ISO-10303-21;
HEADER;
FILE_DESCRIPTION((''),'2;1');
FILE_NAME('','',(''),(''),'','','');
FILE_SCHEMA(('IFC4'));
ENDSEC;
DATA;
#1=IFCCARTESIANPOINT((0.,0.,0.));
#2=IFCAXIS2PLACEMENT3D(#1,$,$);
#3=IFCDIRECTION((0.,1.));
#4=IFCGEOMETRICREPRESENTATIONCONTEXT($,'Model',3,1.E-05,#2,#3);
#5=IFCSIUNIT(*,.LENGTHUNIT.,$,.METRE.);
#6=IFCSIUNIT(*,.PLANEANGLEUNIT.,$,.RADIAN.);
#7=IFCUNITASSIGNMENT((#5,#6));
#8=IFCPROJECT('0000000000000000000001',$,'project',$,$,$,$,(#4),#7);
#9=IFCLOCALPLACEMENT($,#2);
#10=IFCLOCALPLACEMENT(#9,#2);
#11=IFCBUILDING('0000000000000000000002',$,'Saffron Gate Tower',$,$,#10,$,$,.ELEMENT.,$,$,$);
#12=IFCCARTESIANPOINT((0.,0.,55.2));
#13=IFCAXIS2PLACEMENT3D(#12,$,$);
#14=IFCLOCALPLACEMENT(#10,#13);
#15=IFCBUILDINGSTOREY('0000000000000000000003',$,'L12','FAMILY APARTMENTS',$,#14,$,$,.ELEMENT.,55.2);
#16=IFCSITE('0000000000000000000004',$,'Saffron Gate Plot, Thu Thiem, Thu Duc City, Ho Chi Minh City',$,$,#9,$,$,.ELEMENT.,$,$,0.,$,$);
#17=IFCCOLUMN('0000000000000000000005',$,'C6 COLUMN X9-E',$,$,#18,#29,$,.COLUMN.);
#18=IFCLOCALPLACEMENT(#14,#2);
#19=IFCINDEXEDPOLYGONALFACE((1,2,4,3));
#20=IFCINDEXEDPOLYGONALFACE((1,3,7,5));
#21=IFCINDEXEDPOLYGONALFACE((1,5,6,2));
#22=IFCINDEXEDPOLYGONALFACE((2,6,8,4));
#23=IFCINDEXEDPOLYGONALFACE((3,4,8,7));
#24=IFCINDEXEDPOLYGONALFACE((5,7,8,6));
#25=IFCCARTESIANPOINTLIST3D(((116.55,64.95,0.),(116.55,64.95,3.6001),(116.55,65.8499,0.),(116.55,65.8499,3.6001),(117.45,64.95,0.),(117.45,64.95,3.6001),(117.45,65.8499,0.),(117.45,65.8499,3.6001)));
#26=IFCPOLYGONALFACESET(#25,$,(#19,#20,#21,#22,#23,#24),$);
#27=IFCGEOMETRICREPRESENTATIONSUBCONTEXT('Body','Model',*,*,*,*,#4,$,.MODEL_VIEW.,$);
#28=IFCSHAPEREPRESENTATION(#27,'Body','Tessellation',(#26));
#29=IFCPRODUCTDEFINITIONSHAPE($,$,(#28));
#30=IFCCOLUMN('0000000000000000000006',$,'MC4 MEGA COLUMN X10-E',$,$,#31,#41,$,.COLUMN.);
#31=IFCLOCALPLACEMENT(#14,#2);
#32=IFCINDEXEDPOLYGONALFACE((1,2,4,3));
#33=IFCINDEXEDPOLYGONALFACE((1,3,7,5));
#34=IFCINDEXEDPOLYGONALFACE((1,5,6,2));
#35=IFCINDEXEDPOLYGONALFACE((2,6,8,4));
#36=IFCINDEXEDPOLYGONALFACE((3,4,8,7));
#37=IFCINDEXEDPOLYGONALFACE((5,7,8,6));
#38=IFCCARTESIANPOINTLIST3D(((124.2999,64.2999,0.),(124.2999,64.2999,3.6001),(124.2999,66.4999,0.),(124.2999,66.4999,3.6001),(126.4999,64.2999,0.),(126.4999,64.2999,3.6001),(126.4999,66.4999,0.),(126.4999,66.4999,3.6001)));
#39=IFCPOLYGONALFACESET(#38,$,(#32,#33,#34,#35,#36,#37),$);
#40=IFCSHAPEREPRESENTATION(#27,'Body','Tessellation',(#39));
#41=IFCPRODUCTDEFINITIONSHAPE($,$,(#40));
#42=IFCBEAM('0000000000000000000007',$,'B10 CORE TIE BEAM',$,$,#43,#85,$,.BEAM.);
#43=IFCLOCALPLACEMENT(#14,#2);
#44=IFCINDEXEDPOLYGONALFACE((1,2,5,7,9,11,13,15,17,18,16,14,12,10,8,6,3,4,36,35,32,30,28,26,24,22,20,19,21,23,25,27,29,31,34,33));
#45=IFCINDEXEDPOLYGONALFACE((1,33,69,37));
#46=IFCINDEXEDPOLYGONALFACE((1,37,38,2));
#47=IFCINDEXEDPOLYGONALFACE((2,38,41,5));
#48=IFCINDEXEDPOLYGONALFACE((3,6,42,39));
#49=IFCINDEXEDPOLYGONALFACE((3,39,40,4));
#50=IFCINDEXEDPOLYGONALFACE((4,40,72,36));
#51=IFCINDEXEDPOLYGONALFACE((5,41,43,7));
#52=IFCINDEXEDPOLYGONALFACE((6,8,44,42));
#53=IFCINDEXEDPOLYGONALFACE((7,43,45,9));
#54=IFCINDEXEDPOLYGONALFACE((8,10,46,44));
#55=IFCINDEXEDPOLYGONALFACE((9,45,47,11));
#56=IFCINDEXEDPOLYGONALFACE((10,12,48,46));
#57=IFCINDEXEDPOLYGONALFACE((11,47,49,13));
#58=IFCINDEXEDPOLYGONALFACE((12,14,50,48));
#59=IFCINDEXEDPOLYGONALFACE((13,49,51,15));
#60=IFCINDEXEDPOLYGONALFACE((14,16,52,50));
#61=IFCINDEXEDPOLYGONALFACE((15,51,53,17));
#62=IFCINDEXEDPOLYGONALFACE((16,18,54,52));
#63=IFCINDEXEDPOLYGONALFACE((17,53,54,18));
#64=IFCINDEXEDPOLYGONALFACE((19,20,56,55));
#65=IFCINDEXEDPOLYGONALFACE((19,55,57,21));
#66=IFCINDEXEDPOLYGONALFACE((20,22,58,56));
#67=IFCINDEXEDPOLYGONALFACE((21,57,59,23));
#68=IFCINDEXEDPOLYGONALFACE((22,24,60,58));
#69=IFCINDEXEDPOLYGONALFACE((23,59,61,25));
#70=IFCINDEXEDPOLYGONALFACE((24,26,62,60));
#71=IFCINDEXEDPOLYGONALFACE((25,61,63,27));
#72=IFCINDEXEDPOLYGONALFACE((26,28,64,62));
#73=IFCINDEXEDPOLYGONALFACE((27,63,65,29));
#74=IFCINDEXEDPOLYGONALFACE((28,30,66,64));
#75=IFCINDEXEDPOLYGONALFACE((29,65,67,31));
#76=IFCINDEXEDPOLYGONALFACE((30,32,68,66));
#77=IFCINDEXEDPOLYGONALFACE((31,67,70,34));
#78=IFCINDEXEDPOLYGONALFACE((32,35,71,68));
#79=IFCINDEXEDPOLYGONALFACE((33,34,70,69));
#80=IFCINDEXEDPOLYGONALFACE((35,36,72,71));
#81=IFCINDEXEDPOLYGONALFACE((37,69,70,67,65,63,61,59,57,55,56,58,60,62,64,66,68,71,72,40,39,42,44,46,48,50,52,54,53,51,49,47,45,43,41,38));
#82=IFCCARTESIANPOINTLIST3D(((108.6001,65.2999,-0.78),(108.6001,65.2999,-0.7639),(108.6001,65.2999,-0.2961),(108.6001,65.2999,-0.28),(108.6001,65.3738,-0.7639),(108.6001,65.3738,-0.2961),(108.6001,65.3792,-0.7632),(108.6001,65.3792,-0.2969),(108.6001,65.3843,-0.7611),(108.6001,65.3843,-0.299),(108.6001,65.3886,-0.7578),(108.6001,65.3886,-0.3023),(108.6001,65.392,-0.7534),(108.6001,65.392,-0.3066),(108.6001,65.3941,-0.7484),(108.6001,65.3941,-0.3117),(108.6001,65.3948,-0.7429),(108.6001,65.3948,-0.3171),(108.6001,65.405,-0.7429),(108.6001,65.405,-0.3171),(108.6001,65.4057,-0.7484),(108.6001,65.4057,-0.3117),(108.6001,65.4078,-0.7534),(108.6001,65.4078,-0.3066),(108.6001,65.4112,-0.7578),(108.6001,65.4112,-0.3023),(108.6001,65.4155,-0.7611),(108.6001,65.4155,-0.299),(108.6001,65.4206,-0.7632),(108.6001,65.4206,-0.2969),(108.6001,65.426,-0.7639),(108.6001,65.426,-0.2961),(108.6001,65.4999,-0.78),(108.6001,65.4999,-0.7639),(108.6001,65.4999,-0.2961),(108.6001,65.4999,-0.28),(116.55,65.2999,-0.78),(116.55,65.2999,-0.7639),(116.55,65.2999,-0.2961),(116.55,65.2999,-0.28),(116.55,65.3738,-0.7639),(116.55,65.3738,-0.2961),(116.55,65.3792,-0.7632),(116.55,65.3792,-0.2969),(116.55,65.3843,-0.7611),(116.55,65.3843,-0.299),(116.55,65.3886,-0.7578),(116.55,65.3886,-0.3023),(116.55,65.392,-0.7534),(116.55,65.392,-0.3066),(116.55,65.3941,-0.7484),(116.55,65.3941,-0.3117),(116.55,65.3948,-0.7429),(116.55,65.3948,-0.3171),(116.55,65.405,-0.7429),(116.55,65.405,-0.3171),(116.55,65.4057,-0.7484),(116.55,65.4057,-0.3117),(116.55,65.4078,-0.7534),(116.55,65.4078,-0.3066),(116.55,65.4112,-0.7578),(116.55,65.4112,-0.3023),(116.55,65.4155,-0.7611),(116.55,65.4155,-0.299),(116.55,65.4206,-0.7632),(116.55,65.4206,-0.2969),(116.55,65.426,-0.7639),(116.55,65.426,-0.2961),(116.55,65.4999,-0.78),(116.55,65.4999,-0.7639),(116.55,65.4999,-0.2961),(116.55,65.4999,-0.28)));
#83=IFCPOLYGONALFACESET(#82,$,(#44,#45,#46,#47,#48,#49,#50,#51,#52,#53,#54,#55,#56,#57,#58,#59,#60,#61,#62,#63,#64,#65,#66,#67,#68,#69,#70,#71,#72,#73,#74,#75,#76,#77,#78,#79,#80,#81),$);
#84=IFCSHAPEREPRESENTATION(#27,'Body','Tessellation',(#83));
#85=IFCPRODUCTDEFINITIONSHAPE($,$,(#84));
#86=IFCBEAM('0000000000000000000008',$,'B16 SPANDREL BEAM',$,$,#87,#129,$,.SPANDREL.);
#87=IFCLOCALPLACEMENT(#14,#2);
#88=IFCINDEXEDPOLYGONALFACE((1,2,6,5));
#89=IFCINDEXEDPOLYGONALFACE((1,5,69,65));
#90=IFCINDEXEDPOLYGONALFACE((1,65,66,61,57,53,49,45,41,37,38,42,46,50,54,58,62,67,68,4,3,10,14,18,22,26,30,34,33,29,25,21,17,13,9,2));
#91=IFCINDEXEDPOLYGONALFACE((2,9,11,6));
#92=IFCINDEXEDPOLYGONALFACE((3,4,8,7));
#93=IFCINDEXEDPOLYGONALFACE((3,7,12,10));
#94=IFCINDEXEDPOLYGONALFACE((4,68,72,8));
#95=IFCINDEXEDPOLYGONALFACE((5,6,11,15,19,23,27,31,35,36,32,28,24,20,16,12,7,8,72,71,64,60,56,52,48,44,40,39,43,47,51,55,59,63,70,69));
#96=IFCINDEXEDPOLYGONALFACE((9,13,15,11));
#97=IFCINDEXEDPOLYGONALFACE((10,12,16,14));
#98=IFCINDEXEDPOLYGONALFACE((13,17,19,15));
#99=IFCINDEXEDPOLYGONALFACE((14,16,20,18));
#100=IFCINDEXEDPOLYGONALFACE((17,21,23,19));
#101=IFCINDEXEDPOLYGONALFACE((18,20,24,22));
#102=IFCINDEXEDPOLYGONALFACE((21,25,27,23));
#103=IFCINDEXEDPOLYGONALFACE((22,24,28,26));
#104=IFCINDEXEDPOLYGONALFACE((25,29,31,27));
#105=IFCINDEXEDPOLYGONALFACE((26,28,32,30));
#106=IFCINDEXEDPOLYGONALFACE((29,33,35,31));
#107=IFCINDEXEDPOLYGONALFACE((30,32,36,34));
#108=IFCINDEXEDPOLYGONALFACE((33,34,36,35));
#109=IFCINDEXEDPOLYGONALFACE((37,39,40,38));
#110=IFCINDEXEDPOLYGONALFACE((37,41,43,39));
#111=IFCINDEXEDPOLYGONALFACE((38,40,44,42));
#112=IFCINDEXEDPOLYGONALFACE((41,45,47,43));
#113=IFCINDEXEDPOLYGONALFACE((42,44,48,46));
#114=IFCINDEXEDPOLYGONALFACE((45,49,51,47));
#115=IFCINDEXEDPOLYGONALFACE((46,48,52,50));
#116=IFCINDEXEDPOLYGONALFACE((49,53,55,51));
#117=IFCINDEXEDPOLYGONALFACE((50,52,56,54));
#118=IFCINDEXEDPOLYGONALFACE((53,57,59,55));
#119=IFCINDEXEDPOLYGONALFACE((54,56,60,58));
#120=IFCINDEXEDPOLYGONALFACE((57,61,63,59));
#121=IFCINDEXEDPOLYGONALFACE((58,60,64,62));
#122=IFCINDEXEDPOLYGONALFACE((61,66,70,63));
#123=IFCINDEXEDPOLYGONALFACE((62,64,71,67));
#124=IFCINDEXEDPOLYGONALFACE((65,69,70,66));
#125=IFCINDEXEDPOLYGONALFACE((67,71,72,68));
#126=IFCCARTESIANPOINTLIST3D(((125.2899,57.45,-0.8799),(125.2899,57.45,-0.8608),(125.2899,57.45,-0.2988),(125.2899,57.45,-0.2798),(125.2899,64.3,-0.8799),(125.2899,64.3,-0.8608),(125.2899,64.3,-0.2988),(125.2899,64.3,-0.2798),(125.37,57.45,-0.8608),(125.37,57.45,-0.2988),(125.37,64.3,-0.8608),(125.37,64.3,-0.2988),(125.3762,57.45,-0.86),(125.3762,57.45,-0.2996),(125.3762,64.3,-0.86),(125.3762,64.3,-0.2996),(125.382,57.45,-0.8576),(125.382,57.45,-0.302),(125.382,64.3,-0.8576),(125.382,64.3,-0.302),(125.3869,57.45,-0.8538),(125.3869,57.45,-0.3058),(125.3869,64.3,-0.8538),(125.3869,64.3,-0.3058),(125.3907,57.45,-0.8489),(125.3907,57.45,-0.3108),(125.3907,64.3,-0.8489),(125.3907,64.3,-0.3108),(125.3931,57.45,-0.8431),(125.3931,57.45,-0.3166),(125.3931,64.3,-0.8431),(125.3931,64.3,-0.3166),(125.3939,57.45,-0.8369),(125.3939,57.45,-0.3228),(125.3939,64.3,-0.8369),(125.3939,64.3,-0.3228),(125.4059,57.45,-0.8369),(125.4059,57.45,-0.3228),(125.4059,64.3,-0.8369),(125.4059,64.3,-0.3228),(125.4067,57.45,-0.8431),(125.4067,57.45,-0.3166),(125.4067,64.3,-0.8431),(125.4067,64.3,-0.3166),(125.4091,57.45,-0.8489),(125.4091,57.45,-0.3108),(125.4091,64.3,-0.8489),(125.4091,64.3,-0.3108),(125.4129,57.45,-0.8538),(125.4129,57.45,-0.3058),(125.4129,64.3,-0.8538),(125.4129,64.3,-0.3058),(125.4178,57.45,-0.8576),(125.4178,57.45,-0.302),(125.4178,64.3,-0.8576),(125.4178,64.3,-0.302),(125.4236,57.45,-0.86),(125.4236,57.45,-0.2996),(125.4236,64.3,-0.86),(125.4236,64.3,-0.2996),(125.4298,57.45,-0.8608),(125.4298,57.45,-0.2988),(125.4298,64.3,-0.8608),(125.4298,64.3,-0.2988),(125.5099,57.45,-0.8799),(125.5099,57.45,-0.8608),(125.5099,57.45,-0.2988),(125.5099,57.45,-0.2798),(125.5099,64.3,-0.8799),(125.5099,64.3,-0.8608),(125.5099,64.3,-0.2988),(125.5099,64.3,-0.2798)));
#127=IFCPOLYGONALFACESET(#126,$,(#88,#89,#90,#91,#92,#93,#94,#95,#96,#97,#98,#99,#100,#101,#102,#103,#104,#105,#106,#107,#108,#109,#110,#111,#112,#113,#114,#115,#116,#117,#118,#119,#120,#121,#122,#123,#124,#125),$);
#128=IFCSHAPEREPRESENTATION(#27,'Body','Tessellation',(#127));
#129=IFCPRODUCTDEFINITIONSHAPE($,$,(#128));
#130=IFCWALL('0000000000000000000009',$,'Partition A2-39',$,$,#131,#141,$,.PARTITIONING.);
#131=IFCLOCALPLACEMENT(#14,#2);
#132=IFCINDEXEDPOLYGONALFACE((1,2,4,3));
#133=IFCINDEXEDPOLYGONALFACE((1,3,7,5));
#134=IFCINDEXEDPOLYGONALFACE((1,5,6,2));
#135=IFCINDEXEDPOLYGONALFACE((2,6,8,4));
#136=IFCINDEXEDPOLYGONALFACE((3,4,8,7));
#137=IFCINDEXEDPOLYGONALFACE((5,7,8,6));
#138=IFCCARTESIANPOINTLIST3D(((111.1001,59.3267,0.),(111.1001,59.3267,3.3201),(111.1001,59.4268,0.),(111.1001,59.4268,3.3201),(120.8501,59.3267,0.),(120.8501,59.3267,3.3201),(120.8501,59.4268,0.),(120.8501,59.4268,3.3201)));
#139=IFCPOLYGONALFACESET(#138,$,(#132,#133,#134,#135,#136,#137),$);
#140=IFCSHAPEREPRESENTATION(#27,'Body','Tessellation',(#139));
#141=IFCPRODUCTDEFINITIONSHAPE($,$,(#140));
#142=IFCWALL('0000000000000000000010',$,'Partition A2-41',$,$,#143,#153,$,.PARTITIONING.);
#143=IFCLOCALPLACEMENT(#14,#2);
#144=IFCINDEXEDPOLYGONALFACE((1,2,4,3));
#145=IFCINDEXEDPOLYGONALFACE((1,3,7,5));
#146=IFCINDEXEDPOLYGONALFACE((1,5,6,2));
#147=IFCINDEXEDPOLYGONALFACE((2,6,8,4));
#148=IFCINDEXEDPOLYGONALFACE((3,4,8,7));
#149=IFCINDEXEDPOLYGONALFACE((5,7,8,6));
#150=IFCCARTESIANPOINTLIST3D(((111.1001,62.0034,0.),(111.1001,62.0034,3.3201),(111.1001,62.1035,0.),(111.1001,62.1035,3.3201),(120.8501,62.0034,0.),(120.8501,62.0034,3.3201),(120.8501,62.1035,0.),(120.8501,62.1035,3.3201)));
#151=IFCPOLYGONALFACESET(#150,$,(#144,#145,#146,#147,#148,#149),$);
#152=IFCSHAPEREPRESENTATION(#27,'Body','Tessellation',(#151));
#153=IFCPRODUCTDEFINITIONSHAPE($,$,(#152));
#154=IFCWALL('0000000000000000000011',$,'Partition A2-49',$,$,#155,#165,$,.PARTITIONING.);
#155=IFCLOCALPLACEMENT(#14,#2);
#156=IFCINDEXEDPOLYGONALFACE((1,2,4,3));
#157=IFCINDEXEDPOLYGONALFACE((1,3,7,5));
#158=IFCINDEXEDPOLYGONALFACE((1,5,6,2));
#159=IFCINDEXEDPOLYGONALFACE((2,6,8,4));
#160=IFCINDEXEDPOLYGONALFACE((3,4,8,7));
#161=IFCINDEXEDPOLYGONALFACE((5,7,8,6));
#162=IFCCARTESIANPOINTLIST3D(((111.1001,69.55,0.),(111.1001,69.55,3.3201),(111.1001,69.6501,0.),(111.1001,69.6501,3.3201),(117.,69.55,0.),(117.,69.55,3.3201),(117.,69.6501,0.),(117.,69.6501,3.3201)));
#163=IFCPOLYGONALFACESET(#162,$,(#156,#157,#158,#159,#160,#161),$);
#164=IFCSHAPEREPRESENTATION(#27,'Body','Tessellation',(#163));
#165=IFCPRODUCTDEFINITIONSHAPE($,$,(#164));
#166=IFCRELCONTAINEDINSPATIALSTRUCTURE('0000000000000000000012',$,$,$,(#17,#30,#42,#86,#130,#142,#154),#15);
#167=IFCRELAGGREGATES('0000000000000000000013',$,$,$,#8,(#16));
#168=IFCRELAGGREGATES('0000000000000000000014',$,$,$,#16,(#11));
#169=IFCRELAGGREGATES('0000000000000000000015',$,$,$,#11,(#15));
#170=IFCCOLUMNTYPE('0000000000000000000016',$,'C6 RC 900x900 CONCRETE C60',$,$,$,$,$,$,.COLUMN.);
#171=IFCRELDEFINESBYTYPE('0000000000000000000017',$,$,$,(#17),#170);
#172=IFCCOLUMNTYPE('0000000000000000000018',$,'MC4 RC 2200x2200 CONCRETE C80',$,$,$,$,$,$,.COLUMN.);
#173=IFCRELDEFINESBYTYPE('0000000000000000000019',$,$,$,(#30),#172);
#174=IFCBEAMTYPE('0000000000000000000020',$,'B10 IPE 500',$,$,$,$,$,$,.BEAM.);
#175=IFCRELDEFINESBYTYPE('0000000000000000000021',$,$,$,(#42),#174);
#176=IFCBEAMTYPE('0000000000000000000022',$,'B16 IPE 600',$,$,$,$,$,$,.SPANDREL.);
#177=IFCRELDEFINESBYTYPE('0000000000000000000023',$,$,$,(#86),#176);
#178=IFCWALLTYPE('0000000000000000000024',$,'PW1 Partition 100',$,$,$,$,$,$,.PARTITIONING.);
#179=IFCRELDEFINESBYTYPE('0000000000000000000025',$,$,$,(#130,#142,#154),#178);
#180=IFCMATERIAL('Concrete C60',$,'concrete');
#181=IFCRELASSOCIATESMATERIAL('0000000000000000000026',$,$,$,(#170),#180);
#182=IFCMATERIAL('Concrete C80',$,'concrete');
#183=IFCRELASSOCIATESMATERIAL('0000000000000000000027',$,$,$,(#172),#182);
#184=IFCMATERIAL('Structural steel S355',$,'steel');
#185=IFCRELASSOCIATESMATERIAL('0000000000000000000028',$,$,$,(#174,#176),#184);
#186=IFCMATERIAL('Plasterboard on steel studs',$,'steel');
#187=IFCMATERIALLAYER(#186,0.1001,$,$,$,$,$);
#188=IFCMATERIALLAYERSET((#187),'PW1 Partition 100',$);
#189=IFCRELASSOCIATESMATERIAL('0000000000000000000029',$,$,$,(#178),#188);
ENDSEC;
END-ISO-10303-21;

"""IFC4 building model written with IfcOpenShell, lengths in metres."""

from ifc_helpers import new_model, si_unit, direction, frame, frame_2d, origin, origin_2d, place, context, subcontext, project, spatial, rectangle, i_section, extrude, material, layer, layer_set, material_profile, profile_set, type_object, element, save


model = new_model("IFC4")

# Units and contexts
model_context = context("Model", 3, precision=1e-05, world=origin(), true_north=direction((0.0, 1.0)))
body_context = subcontext(model_context, "Body", "Model", "MODEL_VIEW")
ifc_project = project(units=[si_unit("LENGTHUNIT", "METRE"), si_unit("PLANEANGLEUNIT", "RADIAN")], contexts=[model_context])

# Site, building, storey
site_placement = place(None, origin())
site = spatial("IfcSite", under=ifc_project, at=site_placement, Name="Saffron Gate Plot, Thu Thiem, Thu Duc City, Ho Chi Minh City", CompositionType="ELEMENT", RefElevation=0.0)
building_placement = place(site_placement, origin())
building = spatial("IfcBuilding", under=site, at=building_placement, Name="Saffron Gate Tower", CompositionType="ELEMENT")
storey_placement = place(building_placement, frame((0.0, 0.0, 55.2)))
storey = spatial("IfcBuildingStorey", under=building, at=storey_placement, Name="L12", Description="FAMILY APARTMENTS", CompositionType="ELEMENT", Elevation=55.2)

# Columns
ifc_material_1 = material(Name="Concrete C60", Category="concrete")
ifc_material_profile_1 = material_profile(ifc_material_1, rectangle(XDim=0.8999, YDim=0.8999, at=origin_2d()))
ifc_profile_set_1 = profile_set([ifc_material_profile_1], Name="Concrete C60")
column_type_1 = type_object("IfcColumnType", Name="C6 RC 900x900 CONCRETE C60", PredefinedType="COLUMN", material=ifc_profile_set_1)
column_1_placement = place(storey_placement, frame((117.0, 65.3999, 0.0), z_axis=(0.0, 0.0, 1.0), x_axis=(1.0, 0.0, 0.0)))
element("IfcColumn", 1, at=column_1_placement, inside=storey, type_object=column_type_1, Name="C6 COLUMN X9-E", PredefinedType="COLUMN", context=body_context, shape_type="SweptSolid", body=[
    extrude(rectangle(XDim=0.8999, YDim=0.8999, at=origin_2d()), origin(), (0.0, 0.0, 1.0), 3.6001),
])
ifc_material_2 = material(Name="Concrete C80", Category="concrete")
ifc_material_profile_2 = material_profile(ifc_material_2, rectangle(XDim=2.2, YDim=2.2, at=origin_2d()))
ifc_profile_set_2 = profile_set([ifc_material_profile_2], Name="Concrete C80")
column_type_2 = type_object("IfcColumnType", Name="MC4 RC 2200x2200 CONCRETE C80", PredefinedType="COLUMN", material=ifc_profile_set_2)
column_2_placement = place(storey_placement, frame((125.3999, 65.3999, 0.0), z_axis=(0.0, 0.0, 1.0), x_axis=(1.0, 0.0, 0.0)))
element("IfcColumn", 2, at=column_2_placement, inside=storey, type_object=column_type_2, Name="MC4 MEGA COLUMN X10-E", PredefinedType="COLUMN", context=body_context, shape_type="SweptSolid", body=[
    extrude(rectangle(XDim=2.2, YDim=2.2, at=origin_2d()), origin(), (0.0, 0.0, 1.0), 3.6001),
])

# Beams
ifc_material_3 = material(Name="Structural steel S355", Category="steel")
ifc_material_profile_3 = material_profile(ifc_material_3, i_section(OverallWidth=0.2, OverallDepth=0.5, WebThickness=0.0103, FlangeThickness=0.0161, FilletRadius=0.021, at=origin_2d()))
ifc_profile_set_3 = profile_set([ifc_material_profile_3], Name="Structural steel S355")
beam_type_1 = type_object("IfcBeamType", Name="B10 IPE 500", PredefinedType="BEAM", material=ifc_profile_set_3)
beam_1_placement = place(storey_placement, frame((116.55, 65.3999, -0.53), z_axis=(-1.0, 0.0, 0.0), x_axis=(0.0, -1.0, 0.0)))
element("IfcBeam", 3, at=beam_1_placement, inside=storey, type_object=beam_type_1, Name="B10 CORE TIE BEAM", PredefinedType="BEAM", context=body_context, shape_type="SweptSolid", body=[
    extrude(i_section(OverallWidth=0.2, OverallDepth=0.5, WebThickness=0.0103, FlangeThickness=0.0161, FilletRadius=0.021, at=origin_2d()), origin(), (0.0, 0.0, 1.0), 7.95),
])
ifc_material_profile_4 = material_profile(ifc_material_3, i_section(OverallWidth=0.22, OverallDepth=0.6001, WebThickness=0.012, FlangeThickness=0.019, FilletRadius=0.0239, at=origin_2d()))
ifc_profile_set_4 = profile_set([ifc_material_profile_4], Name="Structural steel S355")
beam_type_2 = type_object("IfcBeamType", Name="B16 IPE 600", PredefinedType="SPANDREL", material=ifc_profile_set_4)
beam_2_placement = place(storey_placement, frame((125.3999, 57.45, -0.5798), z_axis=(0.0, 1.0, 0.0), x_axis=(-1.0, 0.0, 0.0)))
element("IfcBeam", 4, at=beam_2_placement, inside=storey, type_object=beam_type_2, Name="B16 SPANDREL BEAM", PredefinedType="SPANDREL", context=body_context, shape_type="SweptSolid", body=[
    extrude(i_section(OverallWidth=0.22, OverallDepth=0.6001, WebThickness=0.012, FlangeThickness=0.019, FilletRadius=0.0239, at=origin_2d()), origin(), (0.0, 0.0, 1.0), 6.8501),
])

# Walls
ifc_material_4 = material(Name="Plasterboard on steel studs", Category="steel")
ifc_layer_1 = layer(ifc_material_4, 0.1001)
ifc_layer_set_1 = layer_set([ifc_layer_1], Name="PW1 Partition 100")
wall_type_1 = type_object("IfcWallType", Name="PW1 Partition 100", PredefinedType="PARTITIONING", material=ifc_layer_set_1)
for number, where, z_axis, x_axis, name in (
    (5, (111.1001, 59.3767, 0.0), (0.0, 0.0, 1.0), (1.0, 0.0, 0.0), "Partition A2-39"),
    (6, (111.1001, 62.0535, 0.0), (0.0, 0.0, 1.0), (1.0, 0.0, 0.0), "Partition A2-41"),
):
    element("IfcWall", number, at=place(storey_placement, frame(where, z_axis=z_axis, x_axis=x_axis)), inside=storey, type_object=wall_type_1, Name=name, PredefinedType="PARTITIONING", context=body_context, shape_type="SweptSolid", body=[
        extrude(rectangle(XDim=9.75, YDim=0.1001, at=frame_2d((4.875, 0.0))), origin(), (0.0, 0.0, 1.0), 3.3201),
    ])
wall_1_placement = place(storey_placement, frame((111.1001, 69.6001, 0.0), z_axis=(0.0, 0.0, 1.0), x_axis=(1.0, 0.0, 0.0)))
element("IfcWall", 7, at=wall_1_placement, inside=storey, type_object=wall_type_1, Name="Partition A2-49", PredefinedType="PARTITIONING", context=body_context, shape_type="SweptSolid", body=[
    extrude(rectangle(XDim=5.8999, YDim=0.1001, at=frame_2d((2.95, 0.0))), origin(), (0.0, 0.0, 1.0), 3.3201),
])

save(model, "model.ifc")
